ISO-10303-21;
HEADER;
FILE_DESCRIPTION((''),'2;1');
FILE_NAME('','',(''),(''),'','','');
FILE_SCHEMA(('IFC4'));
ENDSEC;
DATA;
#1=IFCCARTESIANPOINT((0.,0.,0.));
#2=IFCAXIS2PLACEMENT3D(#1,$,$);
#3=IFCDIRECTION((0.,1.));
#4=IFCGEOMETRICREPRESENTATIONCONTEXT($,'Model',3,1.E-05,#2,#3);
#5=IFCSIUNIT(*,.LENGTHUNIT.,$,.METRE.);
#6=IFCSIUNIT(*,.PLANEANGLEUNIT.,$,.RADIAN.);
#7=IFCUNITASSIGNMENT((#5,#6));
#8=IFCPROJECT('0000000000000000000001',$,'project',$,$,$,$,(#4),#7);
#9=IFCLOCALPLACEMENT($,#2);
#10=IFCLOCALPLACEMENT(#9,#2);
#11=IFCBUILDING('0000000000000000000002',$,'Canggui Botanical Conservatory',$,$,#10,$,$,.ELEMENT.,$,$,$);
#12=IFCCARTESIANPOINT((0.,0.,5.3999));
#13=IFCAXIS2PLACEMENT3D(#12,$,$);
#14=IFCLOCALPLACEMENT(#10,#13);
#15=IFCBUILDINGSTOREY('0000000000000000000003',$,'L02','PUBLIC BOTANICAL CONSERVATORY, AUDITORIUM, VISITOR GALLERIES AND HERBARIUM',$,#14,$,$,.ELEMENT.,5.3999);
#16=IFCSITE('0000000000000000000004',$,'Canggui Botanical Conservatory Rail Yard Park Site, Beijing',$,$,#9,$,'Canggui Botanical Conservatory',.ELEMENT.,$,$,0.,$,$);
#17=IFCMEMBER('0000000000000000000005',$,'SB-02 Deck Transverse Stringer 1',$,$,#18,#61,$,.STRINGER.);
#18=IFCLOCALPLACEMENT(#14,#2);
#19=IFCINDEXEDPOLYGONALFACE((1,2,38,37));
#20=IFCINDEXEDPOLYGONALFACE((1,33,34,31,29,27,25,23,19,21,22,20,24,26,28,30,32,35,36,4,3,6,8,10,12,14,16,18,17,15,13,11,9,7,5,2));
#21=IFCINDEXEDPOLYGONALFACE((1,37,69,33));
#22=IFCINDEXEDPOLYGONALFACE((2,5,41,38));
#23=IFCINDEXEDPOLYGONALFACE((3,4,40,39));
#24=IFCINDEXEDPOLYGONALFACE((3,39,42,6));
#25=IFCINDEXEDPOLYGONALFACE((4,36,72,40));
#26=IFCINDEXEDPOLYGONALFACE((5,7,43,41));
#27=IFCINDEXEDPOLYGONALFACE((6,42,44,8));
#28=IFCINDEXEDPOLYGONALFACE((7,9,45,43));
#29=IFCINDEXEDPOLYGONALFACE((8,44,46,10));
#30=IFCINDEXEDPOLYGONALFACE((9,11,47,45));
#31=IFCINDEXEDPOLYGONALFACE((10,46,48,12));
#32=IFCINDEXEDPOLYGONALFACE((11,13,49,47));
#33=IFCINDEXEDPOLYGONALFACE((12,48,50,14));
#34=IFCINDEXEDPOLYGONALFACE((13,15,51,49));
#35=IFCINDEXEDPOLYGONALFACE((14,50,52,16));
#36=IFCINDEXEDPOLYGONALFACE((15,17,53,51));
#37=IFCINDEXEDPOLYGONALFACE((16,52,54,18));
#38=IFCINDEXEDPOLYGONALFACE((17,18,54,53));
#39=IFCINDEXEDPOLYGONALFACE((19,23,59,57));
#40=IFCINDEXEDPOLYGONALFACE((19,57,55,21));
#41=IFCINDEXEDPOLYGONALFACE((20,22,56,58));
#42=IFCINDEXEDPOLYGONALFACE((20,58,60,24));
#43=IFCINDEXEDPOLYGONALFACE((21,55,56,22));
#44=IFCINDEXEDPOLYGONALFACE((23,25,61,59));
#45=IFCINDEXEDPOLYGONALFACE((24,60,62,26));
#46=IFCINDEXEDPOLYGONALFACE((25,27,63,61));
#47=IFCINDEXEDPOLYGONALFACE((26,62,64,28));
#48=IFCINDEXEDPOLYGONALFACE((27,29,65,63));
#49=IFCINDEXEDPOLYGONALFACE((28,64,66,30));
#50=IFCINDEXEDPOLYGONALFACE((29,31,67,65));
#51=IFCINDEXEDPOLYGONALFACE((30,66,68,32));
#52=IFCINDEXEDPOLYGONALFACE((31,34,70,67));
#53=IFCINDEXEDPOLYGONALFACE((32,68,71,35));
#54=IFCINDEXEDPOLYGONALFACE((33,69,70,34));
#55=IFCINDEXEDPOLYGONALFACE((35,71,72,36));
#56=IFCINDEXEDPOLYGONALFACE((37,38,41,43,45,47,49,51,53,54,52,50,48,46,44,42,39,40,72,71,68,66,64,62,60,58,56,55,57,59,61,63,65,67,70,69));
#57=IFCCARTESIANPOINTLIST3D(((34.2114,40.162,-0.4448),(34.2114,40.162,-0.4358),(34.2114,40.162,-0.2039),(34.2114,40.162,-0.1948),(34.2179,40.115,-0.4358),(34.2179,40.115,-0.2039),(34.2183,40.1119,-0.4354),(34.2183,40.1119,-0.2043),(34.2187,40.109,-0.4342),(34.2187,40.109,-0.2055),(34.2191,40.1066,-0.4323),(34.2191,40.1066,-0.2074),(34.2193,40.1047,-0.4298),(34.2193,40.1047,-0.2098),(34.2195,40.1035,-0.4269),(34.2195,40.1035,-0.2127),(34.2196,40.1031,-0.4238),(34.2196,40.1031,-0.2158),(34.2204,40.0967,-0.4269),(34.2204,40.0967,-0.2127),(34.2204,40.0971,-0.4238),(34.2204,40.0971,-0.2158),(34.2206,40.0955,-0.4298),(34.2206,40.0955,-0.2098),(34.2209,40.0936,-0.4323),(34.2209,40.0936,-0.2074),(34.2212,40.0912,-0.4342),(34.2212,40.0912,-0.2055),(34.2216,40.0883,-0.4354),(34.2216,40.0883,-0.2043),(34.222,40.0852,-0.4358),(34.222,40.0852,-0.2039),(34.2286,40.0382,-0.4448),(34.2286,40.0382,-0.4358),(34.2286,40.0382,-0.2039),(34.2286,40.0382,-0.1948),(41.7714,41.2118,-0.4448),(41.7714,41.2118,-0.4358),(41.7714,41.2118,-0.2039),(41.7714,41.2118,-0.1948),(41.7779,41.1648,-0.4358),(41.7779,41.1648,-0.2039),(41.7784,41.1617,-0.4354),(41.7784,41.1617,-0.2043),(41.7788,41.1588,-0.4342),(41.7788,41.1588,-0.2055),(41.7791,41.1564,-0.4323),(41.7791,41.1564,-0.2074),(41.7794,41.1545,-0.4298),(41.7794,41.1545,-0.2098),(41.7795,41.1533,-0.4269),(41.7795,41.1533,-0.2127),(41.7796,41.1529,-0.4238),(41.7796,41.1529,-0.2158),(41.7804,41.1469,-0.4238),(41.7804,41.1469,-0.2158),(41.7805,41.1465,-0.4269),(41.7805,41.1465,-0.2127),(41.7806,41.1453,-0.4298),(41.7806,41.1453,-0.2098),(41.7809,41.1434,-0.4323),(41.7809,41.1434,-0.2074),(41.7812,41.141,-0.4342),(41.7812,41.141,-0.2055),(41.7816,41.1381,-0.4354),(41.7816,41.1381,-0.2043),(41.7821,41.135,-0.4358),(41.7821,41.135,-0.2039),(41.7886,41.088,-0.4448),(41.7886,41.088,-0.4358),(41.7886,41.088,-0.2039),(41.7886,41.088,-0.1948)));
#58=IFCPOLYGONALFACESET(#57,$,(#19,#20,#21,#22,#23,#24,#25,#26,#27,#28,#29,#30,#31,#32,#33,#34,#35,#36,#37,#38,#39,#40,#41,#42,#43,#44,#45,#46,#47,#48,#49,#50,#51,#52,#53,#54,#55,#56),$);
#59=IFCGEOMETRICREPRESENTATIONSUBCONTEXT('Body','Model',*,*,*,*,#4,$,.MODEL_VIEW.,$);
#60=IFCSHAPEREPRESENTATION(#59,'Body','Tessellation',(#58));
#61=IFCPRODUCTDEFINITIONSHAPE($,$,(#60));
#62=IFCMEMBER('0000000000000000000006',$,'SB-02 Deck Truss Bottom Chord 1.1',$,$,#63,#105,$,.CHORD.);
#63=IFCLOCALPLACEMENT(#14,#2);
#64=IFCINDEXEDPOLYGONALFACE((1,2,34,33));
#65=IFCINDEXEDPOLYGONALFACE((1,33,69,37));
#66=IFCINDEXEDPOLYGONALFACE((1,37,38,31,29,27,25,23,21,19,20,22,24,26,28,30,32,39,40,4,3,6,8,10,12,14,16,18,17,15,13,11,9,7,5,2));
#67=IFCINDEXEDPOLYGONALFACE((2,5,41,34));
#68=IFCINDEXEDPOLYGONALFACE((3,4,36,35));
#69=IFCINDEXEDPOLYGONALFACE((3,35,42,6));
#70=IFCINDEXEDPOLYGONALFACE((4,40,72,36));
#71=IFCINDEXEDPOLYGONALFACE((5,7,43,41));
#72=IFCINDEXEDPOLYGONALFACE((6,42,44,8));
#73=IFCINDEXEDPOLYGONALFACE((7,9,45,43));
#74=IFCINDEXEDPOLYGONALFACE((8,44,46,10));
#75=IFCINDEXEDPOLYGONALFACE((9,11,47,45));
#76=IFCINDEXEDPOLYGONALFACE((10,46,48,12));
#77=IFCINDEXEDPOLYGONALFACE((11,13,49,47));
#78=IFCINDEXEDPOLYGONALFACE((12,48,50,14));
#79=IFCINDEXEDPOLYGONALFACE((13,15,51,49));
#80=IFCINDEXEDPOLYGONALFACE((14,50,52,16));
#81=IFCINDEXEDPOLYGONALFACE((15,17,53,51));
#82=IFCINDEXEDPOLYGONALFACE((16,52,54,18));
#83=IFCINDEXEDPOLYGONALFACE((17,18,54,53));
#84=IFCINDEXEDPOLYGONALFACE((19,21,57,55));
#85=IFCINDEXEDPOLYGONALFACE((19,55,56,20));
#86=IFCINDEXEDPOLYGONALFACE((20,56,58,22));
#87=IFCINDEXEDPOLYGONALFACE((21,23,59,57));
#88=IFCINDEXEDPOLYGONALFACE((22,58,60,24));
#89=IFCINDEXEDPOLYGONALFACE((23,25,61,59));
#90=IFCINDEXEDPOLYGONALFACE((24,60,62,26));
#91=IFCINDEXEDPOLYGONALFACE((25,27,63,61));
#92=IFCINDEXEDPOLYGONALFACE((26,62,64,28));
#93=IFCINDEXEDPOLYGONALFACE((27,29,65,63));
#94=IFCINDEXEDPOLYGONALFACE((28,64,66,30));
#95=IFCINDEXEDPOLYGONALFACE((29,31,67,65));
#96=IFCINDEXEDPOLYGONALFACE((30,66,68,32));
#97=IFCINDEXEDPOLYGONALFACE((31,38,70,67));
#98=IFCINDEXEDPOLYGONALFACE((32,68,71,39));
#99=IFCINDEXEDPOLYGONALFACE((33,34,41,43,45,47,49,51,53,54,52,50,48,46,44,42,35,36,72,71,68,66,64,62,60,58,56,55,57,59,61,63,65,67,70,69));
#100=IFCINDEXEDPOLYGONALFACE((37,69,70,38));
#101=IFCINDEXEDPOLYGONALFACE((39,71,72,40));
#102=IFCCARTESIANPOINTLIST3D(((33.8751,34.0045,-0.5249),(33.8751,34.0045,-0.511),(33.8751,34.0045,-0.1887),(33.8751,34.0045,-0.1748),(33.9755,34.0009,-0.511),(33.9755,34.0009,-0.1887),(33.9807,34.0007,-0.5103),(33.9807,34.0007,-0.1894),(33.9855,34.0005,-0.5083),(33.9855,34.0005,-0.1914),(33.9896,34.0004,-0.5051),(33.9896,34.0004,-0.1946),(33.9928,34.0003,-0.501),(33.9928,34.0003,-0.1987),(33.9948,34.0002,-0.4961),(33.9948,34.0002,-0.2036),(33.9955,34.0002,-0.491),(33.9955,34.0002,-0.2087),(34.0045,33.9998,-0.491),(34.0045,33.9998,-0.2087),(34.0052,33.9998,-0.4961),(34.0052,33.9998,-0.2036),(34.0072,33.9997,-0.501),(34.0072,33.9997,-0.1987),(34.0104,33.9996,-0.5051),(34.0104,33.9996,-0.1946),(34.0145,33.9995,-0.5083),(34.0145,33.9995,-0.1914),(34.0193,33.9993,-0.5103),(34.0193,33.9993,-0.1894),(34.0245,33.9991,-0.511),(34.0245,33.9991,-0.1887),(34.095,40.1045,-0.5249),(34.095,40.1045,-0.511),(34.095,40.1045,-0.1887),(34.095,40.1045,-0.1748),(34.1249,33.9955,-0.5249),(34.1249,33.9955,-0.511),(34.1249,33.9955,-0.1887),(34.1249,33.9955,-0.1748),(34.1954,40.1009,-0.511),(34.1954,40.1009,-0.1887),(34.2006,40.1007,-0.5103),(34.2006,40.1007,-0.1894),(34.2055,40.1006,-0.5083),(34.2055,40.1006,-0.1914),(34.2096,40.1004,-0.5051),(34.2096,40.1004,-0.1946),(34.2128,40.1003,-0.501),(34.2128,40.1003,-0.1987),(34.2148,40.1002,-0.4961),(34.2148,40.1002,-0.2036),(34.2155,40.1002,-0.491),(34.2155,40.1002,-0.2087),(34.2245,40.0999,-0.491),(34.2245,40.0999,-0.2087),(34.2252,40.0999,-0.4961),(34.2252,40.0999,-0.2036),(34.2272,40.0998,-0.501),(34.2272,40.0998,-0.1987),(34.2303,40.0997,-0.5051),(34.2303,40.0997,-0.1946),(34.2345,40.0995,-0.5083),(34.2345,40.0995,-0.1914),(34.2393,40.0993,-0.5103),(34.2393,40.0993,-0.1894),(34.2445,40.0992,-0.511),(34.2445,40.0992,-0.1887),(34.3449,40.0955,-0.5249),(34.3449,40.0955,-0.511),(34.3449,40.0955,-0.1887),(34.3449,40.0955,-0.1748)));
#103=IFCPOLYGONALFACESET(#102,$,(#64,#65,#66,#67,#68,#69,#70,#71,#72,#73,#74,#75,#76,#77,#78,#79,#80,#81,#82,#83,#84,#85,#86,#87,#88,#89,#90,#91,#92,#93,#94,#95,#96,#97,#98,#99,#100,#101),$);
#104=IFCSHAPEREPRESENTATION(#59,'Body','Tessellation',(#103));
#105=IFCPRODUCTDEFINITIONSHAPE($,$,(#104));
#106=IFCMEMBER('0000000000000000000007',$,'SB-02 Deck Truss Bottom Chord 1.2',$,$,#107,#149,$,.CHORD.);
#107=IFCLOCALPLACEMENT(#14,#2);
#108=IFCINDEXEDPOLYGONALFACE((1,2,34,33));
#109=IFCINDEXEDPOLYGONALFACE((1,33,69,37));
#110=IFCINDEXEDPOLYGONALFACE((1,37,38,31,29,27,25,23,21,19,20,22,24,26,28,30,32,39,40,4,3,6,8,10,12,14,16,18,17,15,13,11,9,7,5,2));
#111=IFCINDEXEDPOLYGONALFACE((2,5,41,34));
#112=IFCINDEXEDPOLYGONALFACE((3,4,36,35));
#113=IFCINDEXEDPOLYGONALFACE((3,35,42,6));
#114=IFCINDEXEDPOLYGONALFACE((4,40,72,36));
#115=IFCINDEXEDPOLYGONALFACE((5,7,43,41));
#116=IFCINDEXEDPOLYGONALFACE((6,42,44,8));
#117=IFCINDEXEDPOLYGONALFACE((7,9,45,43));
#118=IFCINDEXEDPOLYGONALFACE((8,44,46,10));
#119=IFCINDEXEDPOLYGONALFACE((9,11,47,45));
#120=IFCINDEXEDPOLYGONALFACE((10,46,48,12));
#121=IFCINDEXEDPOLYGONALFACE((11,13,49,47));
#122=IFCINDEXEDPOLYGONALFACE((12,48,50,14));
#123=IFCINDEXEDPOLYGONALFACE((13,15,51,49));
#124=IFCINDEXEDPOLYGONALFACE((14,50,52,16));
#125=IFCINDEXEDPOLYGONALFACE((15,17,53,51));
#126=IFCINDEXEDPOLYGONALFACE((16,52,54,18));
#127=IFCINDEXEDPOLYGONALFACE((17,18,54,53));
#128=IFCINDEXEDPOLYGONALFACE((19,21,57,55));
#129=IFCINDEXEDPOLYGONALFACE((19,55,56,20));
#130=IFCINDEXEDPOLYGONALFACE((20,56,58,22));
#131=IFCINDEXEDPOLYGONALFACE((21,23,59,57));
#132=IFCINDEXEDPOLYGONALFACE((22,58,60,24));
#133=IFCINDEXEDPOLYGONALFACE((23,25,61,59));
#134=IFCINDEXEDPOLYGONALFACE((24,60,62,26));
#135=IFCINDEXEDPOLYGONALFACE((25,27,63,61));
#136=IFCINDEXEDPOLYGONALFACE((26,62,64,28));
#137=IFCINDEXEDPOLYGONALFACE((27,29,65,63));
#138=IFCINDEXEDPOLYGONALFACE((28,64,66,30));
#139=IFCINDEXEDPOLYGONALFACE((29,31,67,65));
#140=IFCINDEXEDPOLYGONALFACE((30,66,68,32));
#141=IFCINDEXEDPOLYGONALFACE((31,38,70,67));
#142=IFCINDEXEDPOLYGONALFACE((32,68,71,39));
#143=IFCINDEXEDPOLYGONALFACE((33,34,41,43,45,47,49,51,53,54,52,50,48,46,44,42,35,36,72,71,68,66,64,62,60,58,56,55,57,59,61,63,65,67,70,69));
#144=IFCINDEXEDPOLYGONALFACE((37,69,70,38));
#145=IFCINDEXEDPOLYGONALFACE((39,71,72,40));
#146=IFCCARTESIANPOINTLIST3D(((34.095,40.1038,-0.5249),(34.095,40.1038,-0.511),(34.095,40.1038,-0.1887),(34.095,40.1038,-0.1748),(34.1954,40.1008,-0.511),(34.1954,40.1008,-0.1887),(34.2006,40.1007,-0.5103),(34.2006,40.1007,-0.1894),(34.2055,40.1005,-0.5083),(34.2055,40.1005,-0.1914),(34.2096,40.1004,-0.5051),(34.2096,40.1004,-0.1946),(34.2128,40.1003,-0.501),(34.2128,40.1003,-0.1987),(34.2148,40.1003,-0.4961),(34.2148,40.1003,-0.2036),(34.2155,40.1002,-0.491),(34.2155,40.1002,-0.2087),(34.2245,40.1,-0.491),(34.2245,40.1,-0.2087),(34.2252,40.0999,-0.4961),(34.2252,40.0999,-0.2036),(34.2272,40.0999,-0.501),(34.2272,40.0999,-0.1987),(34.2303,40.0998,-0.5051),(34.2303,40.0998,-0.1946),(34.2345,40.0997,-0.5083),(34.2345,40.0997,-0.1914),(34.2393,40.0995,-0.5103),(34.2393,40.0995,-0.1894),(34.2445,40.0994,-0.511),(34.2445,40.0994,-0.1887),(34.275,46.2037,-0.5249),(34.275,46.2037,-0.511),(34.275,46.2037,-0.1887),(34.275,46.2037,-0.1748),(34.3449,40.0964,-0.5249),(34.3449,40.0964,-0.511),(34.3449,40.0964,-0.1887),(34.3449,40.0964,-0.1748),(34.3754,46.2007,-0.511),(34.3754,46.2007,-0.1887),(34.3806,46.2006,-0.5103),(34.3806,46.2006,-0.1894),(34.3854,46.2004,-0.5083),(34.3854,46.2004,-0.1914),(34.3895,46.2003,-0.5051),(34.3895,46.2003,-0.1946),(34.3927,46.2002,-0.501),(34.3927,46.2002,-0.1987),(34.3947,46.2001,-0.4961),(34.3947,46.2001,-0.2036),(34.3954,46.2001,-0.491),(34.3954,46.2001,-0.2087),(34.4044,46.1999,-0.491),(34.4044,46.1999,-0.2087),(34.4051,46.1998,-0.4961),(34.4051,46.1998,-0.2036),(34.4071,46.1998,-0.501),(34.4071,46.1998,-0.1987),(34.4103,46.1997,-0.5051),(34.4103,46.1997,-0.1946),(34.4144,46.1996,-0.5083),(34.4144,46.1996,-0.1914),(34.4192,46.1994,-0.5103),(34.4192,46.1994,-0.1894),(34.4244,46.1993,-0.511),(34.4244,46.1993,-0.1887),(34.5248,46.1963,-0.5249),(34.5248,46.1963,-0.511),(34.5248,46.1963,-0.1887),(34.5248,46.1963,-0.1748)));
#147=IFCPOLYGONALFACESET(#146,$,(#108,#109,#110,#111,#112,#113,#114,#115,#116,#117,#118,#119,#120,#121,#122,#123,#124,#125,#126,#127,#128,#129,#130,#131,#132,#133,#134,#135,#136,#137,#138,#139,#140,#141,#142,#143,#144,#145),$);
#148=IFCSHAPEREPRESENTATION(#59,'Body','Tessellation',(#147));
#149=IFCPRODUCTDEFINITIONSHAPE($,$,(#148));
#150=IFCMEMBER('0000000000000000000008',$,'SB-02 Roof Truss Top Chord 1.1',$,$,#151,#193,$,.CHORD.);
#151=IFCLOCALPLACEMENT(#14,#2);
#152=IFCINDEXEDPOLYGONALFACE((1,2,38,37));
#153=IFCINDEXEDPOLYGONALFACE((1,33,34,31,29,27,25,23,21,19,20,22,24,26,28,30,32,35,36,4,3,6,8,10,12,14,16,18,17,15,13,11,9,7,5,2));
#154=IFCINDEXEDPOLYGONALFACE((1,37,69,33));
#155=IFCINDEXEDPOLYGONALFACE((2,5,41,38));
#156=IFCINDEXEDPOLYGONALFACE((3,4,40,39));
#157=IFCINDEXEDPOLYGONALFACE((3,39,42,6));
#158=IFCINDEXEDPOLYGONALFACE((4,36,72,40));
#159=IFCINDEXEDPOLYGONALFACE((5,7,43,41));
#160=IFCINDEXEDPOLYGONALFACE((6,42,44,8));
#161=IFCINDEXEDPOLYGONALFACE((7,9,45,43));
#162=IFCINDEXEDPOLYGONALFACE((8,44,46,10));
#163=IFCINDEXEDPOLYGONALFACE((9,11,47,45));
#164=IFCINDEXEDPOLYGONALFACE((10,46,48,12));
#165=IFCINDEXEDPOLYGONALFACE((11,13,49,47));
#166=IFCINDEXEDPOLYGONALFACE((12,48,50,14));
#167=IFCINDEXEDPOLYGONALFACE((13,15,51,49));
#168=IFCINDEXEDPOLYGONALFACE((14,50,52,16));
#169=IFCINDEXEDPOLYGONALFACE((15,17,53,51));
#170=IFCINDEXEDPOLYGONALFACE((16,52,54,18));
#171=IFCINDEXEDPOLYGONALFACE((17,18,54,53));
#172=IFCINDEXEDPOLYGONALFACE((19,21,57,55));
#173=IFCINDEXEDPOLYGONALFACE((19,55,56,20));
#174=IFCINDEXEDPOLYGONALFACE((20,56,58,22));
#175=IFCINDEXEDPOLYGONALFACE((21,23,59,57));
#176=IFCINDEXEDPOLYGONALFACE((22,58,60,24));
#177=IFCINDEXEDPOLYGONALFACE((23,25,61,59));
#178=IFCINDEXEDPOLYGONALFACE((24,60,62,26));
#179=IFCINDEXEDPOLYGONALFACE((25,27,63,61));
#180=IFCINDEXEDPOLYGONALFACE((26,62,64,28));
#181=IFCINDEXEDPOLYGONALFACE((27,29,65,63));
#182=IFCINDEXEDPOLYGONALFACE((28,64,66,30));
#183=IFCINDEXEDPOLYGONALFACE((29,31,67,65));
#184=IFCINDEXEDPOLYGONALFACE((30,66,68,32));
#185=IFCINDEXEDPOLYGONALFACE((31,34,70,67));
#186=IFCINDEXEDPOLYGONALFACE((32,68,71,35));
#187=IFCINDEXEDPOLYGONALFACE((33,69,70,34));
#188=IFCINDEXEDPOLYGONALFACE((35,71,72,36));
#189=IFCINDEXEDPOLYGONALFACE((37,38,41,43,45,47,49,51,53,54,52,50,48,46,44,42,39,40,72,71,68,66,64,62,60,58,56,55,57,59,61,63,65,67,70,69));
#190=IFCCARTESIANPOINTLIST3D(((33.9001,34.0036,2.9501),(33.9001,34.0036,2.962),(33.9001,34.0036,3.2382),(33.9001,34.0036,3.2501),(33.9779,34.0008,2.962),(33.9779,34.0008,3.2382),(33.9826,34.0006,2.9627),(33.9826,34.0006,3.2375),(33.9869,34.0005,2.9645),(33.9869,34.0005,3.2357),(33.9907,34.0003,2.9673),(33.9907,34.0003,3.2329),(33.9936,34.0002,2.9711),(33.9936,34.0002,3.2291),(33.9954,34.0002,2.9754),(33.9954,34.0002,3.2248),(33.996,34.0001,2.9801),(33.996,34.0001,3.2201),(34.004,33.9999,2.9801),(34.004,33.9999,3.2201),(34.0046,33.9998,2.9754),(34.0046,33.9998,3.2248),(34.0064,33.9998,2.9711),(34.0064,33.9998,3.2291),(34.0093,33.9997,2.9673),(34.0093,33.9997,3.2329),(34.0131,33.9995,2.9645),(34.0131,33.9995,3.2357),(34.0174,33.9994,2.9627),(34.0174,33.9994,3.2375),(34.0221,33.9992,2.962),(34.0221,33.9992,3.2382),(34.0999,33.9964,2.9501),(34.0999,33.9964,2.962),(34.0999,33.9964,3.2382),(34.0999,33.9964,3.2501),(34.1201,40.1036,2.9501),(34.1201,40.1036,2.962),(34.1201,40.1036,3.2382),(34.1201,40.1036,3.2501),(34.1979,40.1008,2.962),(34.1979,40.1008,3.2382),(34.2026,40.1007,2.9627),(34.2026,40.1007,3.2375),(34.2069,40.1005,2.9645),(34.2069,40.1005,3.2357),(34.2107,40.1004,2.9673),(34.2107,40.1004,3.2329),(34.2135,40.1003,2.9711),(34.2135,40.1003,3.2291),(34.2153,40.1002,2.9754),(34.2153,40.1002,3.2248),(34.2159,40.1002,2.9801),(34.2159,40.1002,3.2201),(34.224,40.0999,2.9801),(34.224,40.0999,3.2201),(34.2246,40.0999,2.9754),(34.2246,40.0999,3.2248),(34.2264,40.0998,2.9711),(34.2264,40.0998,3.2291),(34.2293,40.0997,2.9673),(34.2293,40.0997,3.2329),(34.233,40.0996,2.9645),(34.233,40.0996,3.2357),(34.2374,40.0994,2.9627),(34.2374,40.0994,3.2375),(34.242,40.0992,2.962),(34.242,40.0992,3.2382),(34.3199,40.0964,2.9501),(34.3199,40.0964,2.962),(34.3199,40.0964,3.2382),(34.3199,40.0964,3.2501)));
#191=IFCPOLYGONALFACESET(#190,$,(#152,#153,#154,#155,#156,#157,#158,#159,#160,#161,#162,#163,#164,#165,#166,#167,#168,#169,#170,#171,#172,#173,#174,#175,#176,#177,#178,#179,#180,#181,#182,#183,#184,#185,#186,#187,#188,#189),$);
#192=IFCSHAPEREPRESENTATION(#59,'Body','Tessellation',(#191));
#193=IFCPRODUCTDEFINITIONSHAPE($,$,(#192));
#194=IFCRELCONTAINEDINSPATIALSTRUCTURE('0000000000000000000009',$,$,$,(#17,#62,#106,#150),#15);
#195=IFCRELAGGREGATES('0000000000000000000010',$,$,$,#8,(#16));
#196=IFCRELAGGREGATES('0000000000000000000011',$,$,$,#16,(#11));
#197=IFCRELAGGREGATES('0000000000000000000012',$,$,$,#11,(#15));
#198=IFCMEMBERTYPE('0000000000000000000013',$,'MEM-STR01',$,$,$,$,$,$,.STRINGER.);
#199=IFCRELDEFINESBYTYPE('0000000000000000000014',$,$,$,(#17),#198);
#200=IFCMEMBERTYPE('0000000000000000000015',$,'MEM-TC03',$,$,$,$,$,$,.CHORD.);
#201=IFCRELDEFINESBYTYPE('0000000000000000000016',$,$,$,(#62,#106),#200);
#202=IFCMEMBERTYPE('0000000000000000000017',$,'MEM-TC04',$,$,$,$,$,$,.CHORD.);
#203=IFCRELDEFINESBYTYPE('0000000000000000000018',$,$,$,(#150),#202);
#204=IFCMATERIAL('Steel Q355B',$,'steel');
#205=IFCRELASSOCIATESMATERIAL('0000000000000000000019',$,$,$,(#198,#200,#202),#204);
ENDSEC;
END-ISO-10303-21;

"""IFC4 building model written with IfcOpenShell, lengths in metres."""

from ifc_helpers import new_model, si_unit, direction, frame, origin, origin_2d, place, context, subcontext, project, spatial, i_section, extrude, material, material_profile, profile_set, type_object, element, save


model = new_model("IFC4")

# Units and contexts
model_context = context("Model", 3, precision=1e-05, world=origin(), true_north=direction((0.0, 1.0)))
body_context = subcontext(model_context, "Body", "Model", "MODEL_VIEW")
ifc_project = project(units=[si_unit("LENGTHUNIT", "METRE"), si_unit("PLANEANGLEUNIT", "RADIAN")], contexts=[model_context])

# Site, building, storey
site_placement = place(None, origin())
site = spatial("IfcSite", under=ifc_project, at=site_placement, Name="Canggui Botanical Conservatory Rail Yard Park Site, Beijing", LongName="Canggui Botanical Conservatory", CompositionType="ELEMENT", RefElevation=0.0)
building_placement = place(site_placement, origin())
building = spatial("IfcBuilding", under=site, at=building_placement, Name="Canggui Botanical Conservatory", CompositionType="ELEMENT")
storey_placement = place(building_placement, frame((0.0, 0.0, 5.3999)))
storey = spatial("IfcBuildingStorey", under=building, at=storey_placement, Name="L02", Description="PUBLIC BOTANICAL CONSERVATORY, AUDITORIUM, VISITOR GALLERIES AND HERBARIUM", CompositionType="ELEMENT", Elevation=5.3999)

# Shared definitions
ifc_material_1 = material(Name="Steel Q355B", Category="steel")

# Members
ifc_material_profile_1 = material_profile(ifc_material_1, i_section(OverallWidth=0.125, OverallDepth=0.25, WebThickness=0.0061, FlangeThickness=0.009, FilletRadius=0.012, at=origin_2d()), Name="HN 250x125x6x9")
ifc_profile_set_1 = profile_set([ifc_material_profile_1], Name="Steel Q355B")
member_type_1 = type_object("IfcMemberType", Name="MEM-STR01", PredefinedType="STRINGER", material=ifc_profile_set_1)
member_1_placement = place(storey_placement, frame((34.22, 40.1001, -0.3198), z_axis=(0.990496, 0.137542, 0.0), x_axis=(-0.137542, 0.990496, 0.0)))
element("IfcMember", 1, at=member_1_placement, inside=storey, type_object=member_type_1, Name="SB-02 Deck Transverse Stringer 1", PredefinedType="STRINGER", context=body_context, shape_type="SweptSolid", body=[
    extrude(i_section(OverallWidth=0.125, OverallDepth=0.25, WebThickness=0.0061, FlangeThickness=0.009, FilletRadius=0.012, at=origin_2d()), origin(), (0.0, 0.0, 1.0), 7.6326),
])
ifc_material_profile_2 = material_profile(ifc_material_1, i_section(OverallWidth=0.25, OverallDepth=0.3501, WebThickness=0.009, FlangeThickness=0.0139, FilletRadius=0.02, at=origin_2d()), Name="HM 350x250x9x14")
ifc_profile_set_2 = profile_set([ifc_material_profile_2], Name="Steel Q355B")
member_type_2 = type_object("IfcMemberType", Name="MEM-TC03", PredefinedType="CHORD", material=ifc_profile_set_2)
member_2_placement = place(storey_placement, frame((34.0, 34.0, -0.3499), z_axis=(0.036037, 0.99935, 0.0), x_axis=(-0.99935, 0.036037, 0.0)))
element("IfcMember", 2, at=member_2_placement, inside=storey, type_object=member_type_2, Name="SB-02 Deck Truss Bottom Chord 1.1", PredefinedType="CHORD", context=body_context, shape_type="SweptSolid", body=[
    extrude(i_section(OverallWidth=0.25, OverallDepth=0.3501, WebThickness=0.009, FlangeThickness=0.0139, FilletRadius=0.02, at=origin_2d()), origin(), (0.0, 0.0, 1.0), 6.104),
])
member_3_placement = place(storey_placement, frame((34.22, 40.1001, -0.3499), z_axis=(0.029485, 0.999565, 0.0), x_axis=(-0.999565, 0.029485, 0.0)))
element("IfcMember", 3, at=member_3_placement, inside=storey, type_object=member_type_2, Name="SB-02 Deck Truss Bottom Chord 1.2", PredefinedType="CHORD", context=body_context, shape_type="SweptSolid", body=[
    extrude(i_section(OverallWidth=0.25, OverallDepth=0.3501, WebThickness=0.009, FlangeThickness=0.0139, FilletRadius=0.02, at=origin_2d()), origin(), (0.0, 0.0, 1.0), 6.1025),
])
ifc_material_profile_3 = material_profile(ifc_material_1, i_section(OverallWidth=0.2, OverallDepth=0.3, WebThickness=0.0081, FlangeThickness=0.012, FilletRadius=0.0181, at=origin_2d()), Name="HM 300x200x8x12")
ifc_profile_set_3 = profile_set([ifc_material_profile_3], Name="Steel Q355B")
member_type_3 = type_object("IfcMemberType", Name="MEM-TC04", PredefinedType="CHORD", material=ifc_profile_set_3)
member_4_placement = place(storey_placement, frame((34.0, 34.0, 3.1001), z_axis=(0.036037, 0.99935, 0.0), x_axis=(-0.99935, 0.036037, 0.0)))
element("IfcMember", 4, at=member_4_placement, inside=storey, type_object=member_type_3, Name="SB-02 Roof Truss Top Chord 1.1", PredefinedType="CHORD", context=body_context, shape_type="SweptSolid", body=[
    extrude(i_section(OverallWidth=0.2, OverallDepth=0.3, WebThickness=0.0081, FlangeThickness=0.012, FilletRadius=0.0181, at=origin_2d()), origin(), (0.0, 0.0, 1.0), 6.104),
])

save(model, "model.ifc")
